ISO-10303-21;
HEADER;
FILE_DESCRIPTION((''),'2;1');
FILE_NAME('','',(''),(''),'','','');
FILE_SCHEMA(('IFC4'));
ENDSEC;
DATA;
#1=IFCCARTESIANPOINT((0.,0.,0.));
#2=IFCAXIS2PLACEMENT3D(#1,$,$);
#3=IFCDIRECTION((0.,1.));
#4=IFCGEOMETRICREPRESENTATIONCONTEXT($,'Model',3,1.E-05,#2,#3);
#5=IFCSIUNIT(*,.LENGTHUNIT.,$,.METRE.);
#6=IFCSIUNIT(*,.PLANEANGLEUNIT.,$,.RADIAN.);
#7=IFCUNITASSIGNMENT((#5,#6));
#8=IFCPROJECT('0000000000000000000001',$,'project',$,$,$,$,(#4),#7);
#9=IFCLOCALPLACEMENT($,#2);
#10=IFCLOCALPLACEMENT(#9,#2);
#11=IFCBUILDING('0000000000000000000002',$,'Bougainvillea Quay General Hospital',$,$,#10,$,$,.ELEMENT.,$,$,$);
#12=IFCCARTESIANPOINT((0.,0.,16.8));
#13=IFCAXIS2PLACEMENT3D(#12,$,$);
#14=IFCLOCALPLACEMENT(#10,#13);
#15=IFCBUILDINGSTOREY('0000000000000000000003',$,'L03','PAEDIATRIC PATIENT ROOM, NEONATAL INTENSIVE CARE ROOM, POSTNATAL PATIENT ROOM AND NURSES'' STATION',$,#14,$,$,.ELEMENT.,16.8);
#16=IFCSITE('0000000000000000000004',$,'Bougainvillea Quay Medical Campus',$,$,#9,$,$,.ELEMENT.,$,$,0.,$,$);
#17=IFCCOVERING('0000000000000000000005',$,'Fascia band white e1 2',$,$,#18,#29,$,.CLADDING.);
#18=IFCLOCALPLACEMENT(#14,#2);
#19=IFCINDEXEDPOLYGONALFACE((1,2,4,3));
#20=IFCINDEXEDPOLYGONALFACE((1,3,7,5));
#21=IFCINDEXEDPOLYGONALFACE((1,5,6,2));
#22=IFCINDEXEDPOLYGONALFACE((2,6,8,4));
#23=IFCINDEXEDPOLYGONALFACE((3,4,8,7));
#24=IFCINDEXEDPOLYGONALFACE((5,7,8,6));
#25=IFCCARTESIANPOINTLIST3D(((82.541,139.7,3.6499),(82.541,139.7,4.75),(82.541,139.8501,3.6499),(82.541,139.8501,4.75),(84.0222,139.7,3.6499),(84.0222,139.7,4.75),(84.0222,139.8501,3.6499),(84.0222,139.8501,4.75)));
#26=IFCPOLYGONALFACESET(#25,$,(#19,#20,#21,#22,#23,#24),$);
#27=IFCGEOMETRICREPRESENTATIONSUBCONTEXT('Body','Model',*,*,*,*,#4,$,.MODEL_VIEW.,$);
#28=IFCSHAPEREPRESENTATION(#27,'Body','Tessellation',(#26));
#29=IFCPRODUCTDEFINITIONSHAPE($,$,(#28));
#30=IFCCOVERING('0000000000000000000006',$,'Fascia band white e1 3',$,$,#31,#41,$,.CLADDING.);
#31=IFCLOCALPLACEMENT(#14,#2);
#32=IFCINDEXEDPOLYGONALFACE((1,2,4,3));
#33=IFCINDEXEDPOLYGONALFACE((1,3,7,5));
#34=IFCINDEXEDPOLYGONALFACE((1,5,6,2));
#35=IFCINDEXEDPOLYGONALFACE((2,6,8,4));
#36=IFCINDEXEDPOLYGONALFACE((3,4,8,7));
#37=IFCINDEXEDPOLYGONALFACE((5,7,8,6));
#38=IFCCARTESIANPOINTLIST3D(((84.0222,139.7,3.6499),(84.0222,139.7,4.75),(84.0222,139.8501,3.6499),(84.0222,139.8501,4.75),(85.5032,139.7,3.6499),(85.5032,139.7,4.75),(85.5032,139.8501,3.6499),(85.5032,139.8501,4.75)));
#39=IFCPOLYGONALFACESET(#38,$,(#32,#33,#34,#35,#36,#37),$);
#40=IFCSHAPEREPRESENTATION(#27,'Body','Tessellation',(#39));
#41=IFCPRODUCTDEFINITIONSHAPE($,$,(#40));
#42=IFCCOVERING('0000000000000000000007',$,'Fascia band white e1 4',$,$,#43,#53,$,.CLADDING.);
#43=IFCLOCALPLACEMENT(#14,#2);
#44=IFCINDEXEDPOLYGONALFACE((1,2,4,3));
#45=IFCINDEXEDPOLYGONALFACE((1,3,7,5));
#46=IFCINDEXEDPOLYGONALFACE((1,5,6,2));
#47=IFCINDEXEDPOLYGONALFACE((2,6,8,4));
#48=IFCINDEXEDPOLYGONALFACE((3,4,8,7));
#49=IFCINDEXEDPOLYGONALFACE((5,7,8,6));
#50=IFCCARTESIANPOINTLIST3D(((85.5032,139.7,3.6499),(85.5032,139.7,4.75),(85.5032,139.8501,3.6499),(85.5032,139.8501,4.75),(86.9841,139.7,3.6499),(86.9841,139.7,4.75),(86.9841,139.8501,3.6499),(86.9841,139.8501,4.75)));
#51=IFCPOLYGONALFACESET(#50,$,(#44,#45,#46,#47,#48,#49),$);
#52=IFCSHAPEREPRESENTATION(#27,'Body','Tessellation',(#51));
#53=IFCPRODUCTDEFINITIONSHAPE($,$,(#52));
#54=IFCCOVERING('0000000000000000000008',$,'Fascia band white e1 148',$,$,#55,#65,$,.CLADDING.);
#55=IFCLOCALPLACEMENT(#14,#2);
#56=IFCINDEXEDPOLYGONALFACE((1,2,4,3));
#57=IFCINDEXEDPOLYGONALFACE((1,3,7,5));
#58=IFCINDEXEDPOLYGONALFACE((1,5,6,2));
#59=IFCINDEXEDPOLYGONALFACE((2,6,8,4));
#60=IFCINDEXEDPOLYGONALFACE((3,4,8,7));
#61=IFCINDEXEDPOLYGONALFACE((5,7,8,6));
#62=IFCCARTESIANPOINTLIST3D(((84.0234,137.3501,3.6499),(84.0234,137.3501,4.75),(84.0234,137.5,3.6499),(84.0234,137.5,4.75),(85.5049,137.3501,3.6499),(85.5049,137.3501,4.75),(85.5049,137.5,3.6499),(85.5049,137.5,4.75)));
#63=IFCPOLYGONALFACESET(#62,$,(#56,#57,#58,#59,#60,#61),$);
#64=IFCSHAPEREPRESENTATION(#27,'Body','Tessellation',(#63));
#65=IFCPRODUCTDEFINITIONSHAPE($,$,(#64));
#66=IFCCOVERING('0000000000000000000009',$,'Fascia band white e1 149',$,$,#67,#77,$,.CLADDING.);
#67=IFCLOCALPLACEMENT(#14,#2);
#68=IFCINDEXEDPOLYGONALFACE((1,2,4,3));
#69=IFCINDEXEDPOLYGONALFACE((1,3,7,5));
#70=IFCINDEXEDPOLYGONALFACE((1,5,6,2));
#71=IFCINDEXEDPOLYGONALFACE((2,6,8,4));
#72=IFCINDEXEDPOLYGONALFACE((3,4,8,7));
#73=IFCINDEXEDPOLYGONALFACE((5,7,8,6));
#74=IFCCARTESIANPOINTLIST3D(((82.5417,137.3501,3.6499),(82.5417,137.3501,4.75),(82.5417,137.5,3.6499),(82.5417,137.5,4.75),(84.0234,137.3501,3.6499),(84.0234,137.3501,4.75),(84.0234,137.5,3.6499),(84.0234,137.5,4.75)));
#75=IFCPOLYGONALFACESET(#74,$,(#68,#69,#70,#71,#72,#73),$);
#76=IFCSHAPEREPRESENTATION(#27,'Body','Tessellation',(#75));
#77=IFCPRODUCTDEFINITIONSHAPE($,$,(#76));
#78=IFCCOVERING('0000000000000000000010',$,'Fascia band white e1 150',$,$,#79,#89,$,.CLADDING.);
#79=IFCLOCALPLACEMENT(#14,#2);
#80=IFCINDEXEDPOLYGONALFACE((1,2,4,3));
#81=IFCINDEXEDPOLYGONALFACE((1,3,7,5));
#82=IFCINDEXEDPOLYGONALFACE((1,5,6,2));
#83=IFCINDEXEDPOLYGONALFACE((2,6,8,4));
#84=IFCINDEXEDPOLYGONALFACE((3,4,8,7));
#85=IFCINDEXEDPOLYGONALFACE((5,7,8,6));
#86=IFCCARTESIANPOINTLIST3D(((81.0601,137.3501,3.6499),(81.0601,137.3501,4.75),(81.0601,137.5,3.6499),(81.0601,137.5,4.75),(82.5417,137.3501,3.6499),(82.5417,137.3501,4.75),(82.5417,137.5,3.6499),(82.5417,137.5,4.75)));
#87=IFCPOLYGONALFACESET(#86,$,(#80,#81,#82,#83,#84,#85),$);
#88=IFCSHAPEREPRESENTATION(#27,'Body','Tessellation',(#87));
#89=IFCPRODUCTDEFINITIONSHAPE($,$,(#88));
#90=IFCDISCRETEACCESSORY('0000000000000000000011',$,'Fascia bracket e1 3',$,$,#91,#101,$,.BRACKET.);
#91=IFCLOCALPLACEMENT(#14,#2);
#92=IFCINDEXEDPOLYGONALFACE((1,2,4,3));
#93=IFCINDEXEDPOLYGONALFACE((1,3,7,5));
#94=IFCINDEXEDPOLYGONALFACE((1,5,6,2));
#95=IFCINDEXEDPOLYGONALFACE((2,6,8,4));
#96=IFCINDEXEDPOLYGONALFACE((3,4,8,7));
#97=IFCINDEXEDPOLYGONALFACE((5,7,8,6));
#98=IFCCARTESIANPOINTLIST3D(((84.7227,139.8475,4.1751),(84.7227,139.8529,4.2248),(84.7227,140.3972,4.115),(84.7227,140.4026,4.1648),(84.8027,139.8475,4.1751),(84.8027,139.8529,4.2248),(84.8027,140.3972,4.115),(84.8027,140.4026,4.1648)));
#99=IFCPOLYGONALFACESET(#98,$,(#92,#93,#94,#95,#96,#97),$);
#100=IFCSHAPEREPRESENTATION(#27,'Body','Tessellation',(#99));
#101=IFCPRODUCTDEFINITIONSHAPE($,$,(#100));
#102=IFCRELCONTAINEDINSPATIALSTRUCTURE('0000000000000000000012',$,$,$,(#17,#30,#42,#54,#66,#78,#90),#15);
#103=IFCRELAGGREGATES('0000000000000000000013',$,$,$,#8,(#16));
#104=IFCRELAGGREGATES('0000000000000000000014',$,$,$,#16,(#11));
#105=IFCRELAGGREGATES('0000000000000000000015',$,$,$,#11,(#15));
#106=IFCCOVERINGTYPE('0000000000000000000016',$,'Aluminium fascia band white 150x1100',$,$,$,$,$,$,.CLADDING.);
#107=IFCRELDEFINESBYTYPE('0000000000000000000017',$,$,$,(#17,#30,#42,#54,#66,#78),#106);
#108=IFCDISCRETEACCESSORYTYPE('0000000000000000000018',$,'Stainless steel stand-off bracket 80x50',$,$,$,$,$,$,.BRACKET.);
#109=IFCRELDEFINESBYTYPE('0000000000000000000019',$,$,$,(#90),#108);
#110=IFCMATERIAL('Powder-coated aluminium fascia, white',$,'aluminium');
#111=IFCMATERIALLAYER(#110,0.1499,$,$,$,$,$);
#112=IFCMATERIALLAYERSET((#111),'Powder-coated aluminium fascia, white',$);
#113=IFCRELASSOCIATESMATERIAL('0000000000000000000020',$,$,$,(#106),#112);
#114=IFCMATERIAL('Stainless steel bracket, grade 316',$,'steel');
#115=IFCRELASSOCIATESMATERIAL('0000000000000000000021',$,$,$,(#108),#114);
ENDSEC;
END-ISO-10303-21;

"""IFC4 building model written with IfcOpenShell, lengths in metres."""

from ifc_helpers import new_model, si_unit, direction, frame, origin, origin_2d, place, context, subcontext, project, spatial, polyline, rectangle, outline, extrude, material, layer, layer_set, material_profile, profile_set, type_object, element, save


model = new_model("IFC4")

# Units and contexts
model_context = context("Model", 3, precision=1e-05, world=origin(), true_north=direction((0.0, 1.0)))
body_context = subcontext(model_context, "Body", "Model", "MODEL_VIEW")
ifc_project = project(units=[si_unit("LENGTHUNIT", "METRE"), si_unit("PLANEANGLEUNIT", "RADIAN")], contexts=[model_context])

# Site, building, storey
site_placement = place(None, origin())
site = spatial("IfcSite", under=ifc_project, at=site_placement, Name="Bougainvillea Quay Medical Campus", CompositionType="ELEMENT", RefElevation=0.0)
building_placement = place(site_placement, origin())
building = spatial("IfcBuilding", under=site, at=building_placement, Name="Bougainvillea Quay General Hospital", CompositionType="ELEMENT")
storey_placement = place(building_placement, frame((0.0, 0.0, 16.8)))
storey = spatial("IfcBuildingStorey", under=building, at=storey_placement, Name="L03", Description="PAEDIATRIC PATIENT ROOM, NEONATAL INTENSIVE CARE ROOM, POSTNATAL PATIENT ROOM AND NURSES' STATION", CompositionType="ELEMENT", Elevation=16.8)

# Coverings
ifc_material_1 = material(Name="Powder-coated aluminium fascia, white", Category="aluminium")
ifc_layer_1 = layer(ifc_material_1, 0.1499)
ifc_layer_set_1 = layer_set([ifc_layer_1], Name="Powder-coated aluminium fascia, white")
covering_type = type_object("IfcCoveringType", Name="Aluminium fascia band white 150x1100", PredefinedType="CLADDING", material=ifc_layer_set_1)
covering_1_placement = place(storey_placement, frame((82.541, 139.8501, 3.6499), z_axis=(0.0, 0.0, 1.0), x_axis=(1.0, 0.0, 0.0)))
element("IfcCovering", 1, at=covering_1_placement, inside=storey, type_object=covering_type, Name="Fascia band white e1 2", PredefinedType="CLADDING", context=body_context, shape_type="SweptSolid", body=[
    extrude(outline(polyline([(0.0, 0.0), (1.4812, 0.0), (1.4812, -0.1501), (0.0, -0.1501), (0.0, 0.0)])), origin(), (0.0, 0.0, 1.0), 1.1001),
])
for number, where, z_axis, x_axis, name in (
    (2, (84.0222, 139.8501, 3.6499), (0.0, 0.0, 1.0), (1.0, 0.0, 0.0), "Fascia band white e1 3"),
    (3, (85.5032, 139.8501, 3.6499), (0.0, 0.0, 1.0), (1.0, 0.0, 0.0), "Fascia band white e1 4"),
):
    element("IfcCovering", number, at=place(storey_placement, frame(where, z_axis=z_axis, x_axis=x_axis)), inside=storey, type_object=covering_type, Name=name, PredefinedType="CLADDING", context=body_context, shape_type="SweptSolid", body=[
        extrude(outline(polyline([(0.0, 0.0), (1.481, 0.0), (1.481, -0.1501), (0.0, -0.1501), (0.0, 0.0)])), origin(), (0.0, 0.0, 1.0), 1.1001),
    ])
covering_2_placement = place(storey_placement, frame((85.5049, 137.3501, 3.6499), z_axis=(0.0, 0.0, 1.0), x_axis=(-1.0, 0.0, 0.0)))
element("IfcCovering", 4, at=covering_2_placement, inside=storey, type_object=covering_type, Name="Fascia band white e1 148", PredefinedType="CLADDING", context=body_context, shape_type="SweptSolid", body=[
    extrude(outline(polyline([(0.0, 0.0), (1.4814, 0.0), (1.4814, -0.1499), (0.0, -0.1499), (0.0, 0.0)])), origin(), (0.0, 0.0, 1.0), 1.1001),
])
for number, where, z_axis, x_axis, name in (
    (5, (84.0234, 137.3501, 3.6499), (0.0, 0.0, 1.0), (-1.0, 0.0, 0.0), "Fascia band white e1 149"),
    (6, (82.5417, 137.3501, 3.6499), (0.0, 0.0, 1.0), (-1.0, 0.0, 0.0), "Fascia band white e1 150"),
):
    element("IfcCovering", number, at=place(storey_placement, frame(where, z_axis=z_axis, x_axis=x_axis)), inside=storey, type_object=covering_type, Name=name, PredefinedType="CLADDING", context=body_context, shape_type="SweptSolid", body=[
        extrude(outline(polyline([(0.0, 0.0), (1.4817, 0.0), (1.4817, -0.1499), (0.0, -0.1499), (0.0, 0.0)])), origin(), (0.0, 0.0, 1.0), 1.1001),
    ])

# Discrete accessory
ifc_material_2 = material(Name="Stainless steel bracket, grade 316", Category="steel")
ifc_material_profile_1 = material_profile(ifc_material_2, rectangle(XDim=0.0801, YDim=0.05, at=origin_2d()))
ifc_profile_set_1 = profile_set([ifc_material_profile_1], Name="Stainless steel bracket, grade 316")
discrete_accessory_type = type_object("IfcDiscreteAccessoryType", Name="Stainless steel stand-off bracket 80x50", PredefinedType="BRACKET", material=ifc_profile_set_1)
discrete_accessory_placement = place(storey_placement, frame((84.7627, 140.3999, 4.1399), z_axis=(0.0, -0.994087, 0.10859), x_axis=(1.0, 0.0, 0.0)))
element("IfcDiscreteAccessory", 7, at=discrete_accessory_placement, inside=storey, type_object=discrete_accessory_type, Name="Fascia bracket e1 3", PredefinedType="BRACKET", context=body_context, shape_type="SweptSolid", body=[
    extrude(rectangle(XDim=0.0801, YDim=0.05, at=origin_2d()), origin(), (0.0, 0.0, 1.0), 0.553),
])

save(model, "model.ifc")
